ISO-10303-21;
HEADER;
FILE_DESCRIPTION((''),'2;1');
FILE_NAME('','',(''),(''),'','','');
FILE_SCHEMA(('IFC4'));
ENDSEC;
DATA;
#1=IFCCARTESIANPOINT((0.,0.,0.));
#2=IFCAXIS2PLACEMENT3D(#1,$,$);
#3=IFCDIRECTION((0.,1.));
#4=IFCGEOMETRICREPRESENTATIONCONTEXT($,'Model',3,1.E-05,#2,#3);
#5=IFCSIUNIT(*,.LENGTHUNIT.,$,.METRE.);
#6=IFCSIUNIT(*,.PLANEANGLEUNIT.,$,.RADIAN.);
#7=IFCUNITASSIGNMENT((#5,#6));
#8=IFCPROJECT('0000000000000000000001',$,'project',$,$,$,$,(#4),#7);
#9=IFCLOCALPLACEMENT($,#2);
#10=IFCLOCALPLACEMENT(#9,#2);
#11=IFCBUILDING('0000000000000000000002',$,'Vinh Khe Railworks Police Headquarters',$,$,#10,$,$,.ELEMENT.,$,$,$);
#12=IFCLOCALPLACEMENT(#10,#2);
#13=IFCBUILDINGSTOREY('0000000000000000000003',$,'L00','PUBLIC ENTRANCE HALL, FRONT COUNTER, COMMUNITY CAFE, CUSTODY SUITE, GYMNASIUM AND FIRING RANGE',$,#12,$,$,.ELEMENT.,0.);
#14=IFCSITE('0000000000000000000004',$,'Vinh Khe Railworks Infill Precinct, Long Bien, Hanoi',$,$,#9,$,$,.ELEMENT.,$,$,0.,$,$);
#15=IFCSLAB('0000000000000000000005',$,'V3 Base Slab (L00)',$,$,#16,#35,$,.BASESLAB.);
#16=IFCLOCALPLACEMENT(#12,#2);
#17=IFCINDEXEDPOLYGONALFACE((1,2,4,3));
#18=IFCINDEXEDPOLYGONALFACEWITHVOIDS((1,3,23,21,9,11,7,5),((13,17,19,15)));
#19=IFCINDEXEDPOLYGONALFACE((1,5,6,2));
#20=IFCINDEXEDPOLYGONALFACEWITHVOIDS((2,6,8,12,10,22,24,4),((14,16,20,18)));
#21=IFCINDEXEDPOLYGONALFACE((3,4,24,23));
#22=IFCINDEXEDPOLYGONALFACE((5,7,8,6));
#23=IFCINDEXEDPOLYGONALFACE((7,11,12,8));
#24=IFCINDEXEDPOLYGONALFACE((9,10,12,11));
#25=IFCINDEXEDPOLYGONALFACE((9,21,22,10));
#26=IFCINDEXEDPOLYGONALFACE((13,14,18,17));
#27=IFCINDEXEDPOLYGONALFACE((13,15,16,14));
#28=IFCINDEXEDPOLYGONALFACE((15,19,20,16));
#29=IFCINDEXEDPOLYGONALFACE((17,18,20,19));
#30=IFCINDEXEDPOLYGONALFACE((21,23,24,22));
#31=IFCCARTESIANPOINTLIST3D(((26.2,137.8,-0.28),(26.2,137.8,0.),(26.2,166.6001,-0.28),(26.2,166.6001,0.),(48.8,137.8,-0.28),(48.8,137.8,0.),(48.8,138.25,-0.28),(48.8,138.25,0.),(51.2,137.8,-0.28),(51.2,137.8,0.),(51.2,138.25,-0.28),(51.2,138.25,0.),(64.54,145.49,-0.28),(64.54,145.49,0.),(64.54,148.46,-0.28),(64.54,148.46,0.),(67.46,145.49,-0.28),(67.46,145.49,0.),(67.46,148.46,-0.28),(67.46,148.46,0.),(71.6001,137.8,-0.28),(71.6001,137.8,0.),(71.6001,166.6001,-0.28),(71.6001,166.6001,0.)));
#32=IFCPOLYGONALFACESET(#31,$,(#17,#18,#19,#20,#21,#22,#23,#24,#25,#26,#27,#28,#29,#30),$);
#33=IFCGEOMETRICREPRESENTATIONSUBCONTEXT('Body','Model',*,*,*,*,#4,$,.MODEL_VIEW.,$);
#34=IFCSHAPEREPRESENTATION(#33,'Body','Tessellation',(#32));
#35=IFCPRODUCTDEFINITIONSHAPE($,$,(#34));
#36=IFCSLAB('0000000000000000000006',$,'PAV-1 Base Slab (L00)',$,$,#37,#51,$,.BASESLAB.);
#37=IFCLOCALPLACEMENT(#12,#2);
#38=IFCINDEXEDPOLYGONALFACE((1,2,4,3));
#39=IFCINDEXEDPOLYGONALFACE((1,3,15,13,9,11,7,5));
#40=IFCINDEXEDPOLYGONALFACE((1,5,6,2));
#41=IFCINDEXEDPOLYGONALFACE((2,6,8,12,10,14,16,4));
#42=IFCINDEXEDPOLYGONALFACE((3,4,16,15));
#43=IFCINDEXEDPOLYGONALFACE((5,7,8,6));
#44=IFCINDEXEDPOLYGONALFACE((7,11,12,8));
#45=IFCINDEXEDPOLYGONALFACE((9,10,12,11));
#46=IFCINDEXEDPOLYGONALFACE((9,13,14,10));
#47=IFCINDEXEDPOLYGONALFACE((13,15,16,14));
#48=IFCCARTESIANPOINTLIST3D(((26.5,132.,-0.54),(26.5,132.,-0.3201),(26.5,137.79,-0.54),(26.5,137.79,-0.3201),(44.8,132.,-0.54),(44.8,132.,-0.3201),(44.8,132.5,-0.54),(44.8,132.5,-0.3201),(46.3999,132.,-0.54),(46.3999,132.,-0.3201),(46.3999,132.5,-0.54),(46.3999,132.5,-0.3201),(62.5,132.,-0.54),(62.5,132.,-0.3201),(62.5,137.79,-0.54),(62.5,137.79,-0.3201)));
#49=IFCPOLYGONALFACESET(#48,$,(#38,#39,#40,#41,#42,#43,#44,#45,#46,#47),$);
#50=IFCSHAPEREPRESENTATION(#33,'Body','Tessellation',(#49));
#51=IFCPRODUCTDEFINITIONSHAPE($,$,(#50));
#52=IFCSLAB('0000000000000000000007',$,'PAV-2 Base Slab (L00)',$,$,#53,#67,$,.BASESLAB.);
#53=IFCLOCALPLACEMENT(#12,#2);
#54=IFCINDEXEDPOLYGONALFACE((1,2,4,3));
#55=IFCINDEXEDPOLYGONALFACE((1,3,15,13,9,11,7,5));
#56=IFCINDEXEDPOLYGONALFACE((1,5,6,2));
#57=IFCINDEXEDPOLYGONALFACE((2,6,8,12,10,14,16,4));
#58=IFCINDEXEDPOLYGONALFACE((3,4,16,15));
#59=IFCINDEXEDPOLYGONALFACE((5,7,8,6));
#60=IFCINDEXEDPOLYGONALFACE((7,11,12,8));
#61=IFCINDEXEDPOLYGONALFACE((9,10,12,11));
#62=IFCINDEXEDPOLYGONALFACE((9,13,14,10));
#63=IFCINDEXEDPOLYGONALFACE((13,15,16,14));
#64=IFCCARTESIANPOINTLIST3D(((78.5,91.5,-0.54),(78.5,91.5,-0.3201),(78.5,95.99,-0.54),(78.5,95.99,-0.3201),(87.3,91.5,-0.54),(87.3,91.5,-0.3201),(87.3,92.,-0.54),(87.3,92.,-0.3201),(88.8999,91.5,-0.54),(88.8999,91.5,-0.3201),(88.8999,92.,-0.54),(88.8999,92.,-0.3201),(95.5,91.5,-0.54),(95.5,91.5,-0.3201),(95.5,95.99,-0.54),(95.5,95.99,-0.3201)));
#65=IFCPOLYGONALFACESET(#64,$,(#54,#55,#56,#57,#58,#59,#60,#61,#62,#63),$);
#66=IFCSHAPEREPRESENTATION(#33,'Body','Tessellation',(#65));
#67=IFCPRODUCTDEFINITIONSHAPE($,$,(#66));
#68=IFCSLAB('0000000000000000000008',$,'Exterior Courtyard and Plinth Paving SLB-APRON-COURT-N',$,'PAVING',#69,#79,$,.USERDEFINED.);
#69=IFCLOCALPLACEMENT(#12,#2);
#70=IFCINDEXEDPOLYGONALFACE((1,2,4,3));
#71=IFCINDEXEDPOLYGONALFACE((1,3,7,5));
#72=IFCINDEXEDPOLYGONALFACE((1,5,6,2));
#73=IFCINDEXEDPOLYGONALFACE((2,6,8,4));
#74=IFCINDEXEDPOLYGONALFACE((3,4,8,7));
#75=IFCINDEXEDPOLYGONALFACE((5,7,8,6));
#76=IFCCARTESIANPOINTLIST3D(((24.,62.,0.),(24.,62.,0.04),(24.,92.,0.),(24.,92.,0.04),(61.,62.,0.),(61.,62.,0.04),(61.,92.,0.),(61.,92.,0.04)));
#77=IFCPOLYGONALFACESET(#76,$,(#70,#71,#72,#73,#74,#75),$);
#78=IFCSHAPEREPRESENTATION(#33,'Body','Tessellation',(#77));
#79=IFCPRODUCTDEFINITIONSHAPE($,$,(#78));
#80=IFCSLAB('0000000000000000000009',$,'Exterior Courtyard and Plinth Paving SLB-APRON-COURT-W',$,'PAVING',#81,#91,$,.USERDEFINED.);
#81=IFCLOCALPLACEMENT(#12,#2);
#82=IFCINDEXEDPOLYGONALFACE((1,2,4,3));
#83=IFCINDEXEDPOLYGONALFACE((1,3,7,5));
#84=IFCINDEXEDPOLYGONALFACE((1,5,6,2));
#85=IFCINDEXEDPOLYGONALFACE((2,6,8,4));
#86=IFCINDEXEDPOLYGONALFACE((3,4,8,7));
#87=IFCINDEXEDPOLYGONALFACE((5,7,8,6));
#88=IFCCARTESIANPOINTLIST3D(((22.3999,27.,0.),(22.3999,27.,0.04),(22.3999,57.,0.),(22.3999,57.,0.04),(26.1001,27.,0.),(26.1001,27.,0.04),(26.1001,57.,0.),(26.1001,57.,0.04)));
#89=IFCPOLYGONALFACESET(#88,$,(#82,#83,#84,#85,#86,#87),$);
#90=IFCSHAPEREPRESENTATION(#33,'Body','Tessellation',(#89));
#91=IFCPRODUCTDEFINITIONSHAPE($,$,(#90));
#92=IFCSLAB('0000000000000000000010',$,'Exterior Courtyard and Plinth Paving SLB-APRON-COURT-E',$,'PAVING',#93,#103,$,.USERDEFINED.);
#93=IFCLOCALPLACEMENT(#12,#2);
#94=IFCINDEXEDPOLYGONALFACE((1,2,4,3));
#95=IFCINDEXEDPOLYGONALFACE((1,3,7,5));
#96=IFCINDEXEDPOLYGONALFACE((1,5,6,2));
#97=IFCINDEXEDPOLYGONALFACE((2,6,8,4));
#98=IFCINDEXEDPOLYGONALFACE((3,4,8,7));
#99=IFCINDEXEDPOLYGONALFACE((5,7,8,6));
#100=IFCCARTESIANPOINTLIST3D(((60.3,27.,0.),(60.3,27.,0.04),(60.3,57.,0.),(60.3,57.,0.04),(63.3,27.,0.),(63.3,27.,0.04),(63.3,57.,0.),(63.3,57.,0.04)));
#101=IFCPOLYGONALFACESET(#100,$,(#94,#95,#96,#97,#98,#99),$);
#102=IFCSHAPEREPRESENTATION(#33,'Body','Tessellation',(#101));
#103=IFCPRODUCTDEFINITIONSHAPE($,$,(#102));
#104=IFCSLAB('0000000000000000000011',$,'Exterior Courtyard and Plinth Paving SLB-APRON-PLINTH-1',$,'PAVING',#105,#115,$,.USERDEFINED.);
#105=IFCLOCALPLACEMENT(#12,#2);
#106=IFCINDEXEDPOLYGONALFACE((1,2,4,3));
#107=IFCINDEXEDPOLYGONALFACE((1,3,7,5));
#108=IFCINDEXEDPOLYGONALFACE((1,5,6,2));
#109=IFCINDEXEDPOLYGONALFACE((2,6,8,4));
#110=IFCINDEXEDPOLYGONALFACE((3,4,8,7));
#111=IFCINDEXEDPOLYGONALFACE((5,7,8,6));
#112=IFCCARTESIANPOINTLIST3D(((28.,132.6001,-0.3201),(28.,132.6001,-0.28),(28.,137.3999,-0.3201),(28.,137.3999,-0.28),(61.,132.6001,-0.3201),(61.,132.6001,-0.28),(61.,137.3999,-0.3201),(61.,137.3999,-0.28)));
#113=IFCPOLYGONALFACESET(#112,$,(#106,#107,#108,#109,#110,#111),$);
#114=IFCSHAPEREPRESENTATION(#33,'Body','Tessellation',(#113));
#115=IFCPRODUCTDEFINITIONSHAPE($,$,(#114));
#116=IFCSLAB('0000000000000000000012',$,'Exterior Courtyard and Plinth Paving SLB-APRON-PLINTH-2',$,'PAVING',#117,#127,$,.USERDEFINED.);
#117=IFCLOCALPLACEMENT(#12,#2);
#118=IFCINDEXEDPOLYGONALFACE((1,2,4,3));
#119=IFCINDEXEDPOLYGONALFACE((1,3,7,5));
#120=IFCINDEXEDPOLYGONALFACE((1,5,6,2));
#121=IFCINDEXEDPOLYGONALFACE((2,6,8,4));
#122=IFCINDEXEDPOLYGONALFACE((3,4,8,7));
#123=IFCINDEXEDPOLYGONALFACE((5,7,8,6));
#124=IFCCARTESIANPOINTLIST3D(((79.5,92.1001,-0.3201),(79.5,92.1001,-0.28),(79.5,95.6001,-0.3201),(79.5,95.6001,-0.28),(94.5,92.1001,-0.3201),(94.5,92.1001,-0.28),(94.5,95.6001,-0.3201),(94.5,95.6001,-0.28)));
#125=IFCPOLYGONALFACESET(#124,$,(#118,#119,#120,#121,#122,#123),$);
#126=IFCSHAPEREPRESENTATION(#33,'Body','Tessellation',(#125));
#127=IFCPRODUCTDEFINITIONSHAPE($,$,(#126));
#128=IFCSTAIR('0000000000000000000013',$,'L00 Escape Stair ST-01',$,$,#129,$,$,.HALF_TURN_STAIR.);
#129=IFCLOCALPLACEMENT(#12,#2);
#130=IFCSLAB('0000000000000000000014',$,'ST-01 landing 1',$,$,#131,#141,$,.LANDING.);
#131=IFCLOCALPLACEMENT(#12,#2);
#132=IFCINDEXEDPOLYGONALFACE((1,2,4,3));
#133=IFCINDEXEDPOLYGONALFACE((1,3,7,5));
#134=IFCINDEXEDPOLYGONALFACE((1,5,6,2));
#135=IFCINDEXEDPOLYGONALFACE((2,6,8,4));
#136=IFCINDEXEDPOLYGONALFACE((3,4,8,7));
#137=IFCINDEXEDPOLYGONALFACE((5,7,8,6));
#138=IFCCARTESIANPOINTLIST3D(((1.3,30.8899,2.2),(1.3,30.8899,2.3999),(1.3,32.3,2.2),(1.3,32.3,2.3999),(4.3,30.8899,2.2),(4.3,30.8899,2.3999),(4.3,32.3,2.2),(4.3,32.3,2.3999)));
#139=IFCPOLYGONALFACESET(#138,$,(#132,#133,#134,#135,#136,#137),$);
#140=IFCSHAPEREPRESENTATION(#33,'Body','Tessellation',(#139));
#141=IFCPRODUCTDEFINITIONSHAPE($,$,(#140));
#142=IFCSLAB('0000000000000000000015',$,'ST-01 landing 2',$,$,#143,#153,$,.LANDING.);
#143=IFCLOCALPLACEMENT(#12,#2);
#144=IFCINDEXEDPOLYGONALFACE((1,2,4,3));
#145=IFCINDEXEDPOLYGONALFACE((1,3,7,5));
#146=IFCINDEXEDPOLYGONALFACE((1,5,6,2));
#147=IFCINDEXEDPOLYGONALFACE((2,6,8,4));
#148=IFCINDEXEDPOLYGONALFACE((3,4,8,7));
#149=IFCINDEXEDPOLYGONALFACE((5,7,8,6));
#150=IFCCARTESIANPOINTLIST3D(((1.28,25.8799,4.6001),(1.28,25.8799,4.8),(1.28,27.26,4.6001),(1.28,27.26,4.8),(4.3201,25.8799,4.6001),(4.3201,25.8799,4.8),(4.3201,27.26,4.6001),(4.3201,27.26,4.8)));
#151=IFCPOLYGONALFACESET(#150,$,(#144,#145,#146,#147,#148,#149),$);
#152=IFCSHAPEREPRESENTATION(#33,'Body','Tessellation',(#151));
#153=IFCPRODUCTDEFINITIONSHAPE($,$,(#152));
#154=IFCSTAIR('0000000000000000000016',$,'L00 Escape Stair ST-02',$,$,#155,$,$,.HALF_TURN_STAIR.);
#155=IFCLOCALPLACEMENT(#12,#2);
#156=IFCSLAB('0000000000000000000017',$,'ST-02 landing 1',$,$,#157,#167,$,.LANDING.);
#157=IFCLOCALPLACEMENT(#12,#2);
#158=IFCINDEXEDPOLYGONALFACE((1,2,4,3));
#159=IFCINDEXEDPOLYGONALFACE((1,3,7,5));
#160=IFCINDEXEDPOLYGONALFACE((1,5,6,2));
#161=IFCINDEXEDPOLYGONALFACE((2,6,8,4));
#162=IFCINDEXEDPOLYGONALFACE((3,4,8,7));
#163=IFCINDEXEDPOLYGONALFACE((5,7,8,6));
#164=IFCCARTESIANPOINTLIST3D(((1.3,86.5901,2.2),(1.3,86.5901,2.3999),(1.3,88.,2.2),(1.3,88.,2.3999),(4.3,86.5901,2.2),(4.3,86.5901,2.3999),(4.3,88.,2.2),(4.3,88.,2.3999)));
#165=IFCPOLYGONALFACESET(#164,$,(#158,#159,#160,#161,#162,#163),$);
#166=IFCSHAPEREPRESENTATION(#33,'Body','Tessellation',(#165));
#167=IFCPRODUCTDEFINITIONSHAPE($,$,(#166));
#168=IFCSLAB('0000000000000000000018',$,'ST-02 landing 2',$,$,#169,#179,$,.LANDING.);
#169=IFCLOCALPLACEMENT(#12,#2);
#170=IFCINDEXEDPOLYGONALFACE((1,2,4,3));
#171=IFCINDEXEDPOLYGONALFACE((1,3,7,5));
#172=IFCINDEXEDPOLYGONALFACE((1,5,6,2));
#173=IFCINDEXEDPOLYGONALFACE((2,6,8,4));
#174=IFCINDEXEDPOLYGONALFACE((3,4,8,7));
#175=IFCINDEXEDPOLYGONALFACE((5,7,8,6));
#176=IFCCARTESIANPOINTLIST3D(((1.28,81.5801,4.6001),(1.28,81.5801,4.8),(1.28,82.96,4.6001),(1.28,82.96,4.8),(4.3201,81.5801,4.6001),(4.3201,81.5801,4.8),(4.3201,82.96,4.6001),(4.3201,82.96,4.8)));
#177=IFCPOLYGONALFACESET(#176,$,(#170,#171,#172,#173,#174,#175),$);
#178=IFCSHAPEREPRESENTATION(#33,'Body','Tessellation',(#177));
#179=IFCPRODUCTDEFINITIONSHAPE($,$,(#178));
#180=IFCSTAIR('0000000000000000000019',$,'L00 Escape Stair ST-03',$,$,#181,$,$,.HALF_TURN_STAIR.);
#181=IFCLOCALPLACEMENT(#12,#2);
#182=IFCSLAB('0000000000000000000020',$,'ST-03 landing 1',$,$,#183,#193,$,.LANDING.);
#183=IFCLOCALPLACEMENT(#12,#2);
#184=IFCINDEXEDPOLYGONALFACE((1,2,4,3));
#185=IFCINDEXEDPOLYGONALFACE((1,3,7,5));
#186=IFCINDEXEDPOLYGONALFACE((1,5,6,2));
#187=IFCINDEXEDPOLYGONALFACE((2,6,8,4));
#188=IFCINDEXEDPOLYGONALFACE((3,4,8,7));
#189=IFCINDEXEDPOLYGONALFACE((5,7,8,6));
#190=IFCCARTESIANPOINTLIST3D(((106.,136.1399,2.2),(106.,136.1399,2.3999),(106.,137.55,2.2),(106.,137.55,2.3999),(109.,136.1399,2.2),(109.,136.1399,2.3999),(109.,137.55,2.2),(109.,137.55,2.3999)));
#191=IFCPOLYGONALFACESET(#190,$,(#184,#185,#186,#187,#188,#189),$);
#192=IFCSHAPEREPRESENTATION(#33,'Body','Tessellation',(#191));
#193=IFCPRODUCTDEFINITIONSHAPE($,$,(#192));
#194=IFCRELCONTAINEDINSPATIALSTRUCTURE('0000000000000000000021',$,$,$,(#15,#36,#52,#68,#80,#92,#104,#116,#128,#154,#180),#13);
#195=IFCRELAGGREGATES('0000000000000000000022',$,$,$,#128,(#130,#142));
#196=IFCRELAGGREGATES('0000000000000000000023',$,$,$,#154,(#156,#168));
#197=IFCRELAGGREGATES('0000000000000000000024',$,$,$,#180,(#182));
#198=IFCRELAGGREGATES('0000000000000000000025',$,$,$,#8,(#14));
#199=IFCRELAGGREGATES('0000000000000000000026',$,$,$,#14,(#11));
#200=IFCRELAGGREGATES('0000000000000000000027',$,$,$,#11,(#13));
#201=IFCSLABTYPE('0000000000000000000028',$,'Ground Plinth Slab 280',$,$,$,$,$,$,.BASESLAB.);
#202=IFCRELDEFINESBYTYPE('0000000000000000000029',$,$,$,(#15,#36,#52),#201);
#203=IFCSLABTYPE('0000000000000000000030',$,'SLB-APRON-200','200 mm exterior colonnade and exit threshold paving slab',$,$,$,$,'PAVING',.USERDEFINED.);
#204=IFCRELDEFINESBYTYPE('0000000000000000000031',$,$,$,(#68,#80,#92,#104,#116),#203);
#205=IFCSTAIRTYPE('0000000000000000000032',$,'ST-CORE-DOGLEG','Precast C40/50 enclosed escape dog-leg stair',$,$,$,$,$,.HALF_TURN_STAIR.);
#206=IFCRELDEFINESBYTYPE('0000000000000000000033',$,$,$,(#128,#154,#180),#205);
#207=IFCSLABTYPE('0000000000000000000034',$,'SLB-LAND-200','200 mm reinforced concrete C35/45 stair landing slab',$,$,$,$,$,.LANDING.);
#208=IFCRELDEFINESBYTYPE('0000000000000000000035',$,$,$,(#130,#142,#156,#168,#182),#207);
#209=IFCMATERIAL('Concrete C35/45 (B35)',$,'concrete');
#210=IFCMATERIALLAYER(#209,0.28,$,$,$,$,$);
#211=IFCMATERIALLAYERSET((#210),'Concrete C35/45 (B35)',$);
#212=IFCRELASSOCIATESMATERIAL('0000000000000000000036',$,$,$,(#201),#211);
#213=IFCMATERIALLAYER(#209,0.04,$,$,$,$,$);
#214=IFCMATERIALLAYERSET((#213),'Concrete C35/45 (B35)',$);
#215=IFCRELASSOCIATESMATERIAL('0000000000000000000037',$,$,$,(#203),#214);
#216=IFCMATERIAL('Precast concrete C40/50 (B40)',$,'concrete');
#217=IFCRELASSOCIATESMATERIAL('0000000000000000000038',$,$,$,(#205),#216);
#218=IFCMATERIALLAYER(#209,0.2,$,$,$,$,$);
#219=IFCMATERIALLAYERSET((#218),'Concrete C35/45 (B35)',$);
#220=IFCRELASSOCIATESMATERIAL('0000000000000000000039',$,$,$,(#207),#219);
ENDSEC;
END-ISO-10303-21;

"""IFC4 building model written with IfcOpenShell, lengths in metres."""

from ifc_helpers import new_model, si_unit, direction, frame, origin, place, context, subcontext, project, spatial, polyline, outline, extrude, material, layer, layer_set, type_object, element, aggregate, save


model = new_model("IFC4")

# Units and contexts
model_context = context("Model", 3, precision=1e-05, world=origin(), true_north=direction((0.0, 1.0)))
body_context = subcontext(model_context, "Body", "Model", "MODEL_VIEW")
ifc_project = project(units=[si_unit("LENGTHUNIT", "METRE"), si_unit("PLANEANGLEUNIT", "RADIAN")], contexts=[model_context])

# Site, building, storey
site_placement = place(None, origin())
site = spatial("IfcSite", under=ifc_project, at=site_placement, Name="Vinh Khe Railworks Infill Precinct, Long Bien, Hanoi", CompositionType="ELEMENT", RefElevation=0.0)
building_placement = place(site_placement, origin())
building = spatial("IfcBuilding", under=site, at=building_placement, Name="Vinh Khe Railworks Police Headquarters", CompositionType="ELEMENT")
storey_placement = place(building_placement, origin())
storey = spatial("IfcBuildingStorey", under=building, at=storey_placement, Name="L00", Description="PUBLIC ENTRANCE HALL, FRONT COUNTER, COMMUNITY CAFE, CUSTODY SUITE, GYMNASIUM AND FIRING RANGE", CompositionType="ELEMENT", Elevation=0.0)

# Slabs
ifc_material_1 = material(Name="Concrete C35/45 (B35)", Category="concrete")
ifc_layer_1 = layer(ifc_material_1, 0.28)
ifc_layer_set_1 = layer_set([ifc_layer_1], Name="Concrete C35/45 (B35)")
slab_type_1 = type_object("IfcSlabType", Name="Ground Plinth Slab 280", PredefinedType="BASESLAB", material=ifc_layer_set_1)
slab_1_placement = place(storey_placement, frame((0.0, 0.0, -0.28)))
element("IfcSlab", 1, at=slab_1_placement, inside=storey, type_object=slab_type_1, Name="V3 Base Slab (L00)", PredefinedType="BASESLAB", context=body_context, shape_type="SweptSolid", body=[
    extrude(outline(polyline([(26.2, 137.8), (48.8, 137.8), (48.8, 138.25), (51.2, 138.25), (51.2, 137.8), (71.6001, 137.8), (71.6001, 166.6001), (26.2, 166.6001), (26.2, 137.8)]), holes=[polyline([(64.54, 145.49), (67.46, 145.49), (67.46, 148.46), (64.54, 148.46), (64.54, 145.49)])]), origin(), (0.0, 0.0, 1.0), 0.28),
])
slab_2_placement = place(storey_placement, frame((0.0, 0.0, -0.54)))
element("IfcSlab", 2, at=slab_2_placement, inside=storey, type_object=slab_type_1, Name="PAV-1 Base Slab (L00)", PredefinedType="BASESLAB", context=body_context, shape_type="SweptSolid", body=[
    extrude(outline(polyline([(26.5, 132.0), (44.8, 132.0), (44.8, 132.5), (46.3999, 132.5), (46.3999, 132.0), (62.5, 132.0), (62.5, 137.79), (26.5, 137.79), (26.5, 132.0)])), origin(), (0.0, 0.0, 1.0), 0.22),
])
slab_3_placement = place(storey_placement, frame((0.0, 0.0, -0.54)))
element("IfcSlab", 3, at=slab_3_placement, inside=storey, type_object=slab_type_1, Name="PAV-2 Base Slab (L00)", PredefinedType="BASESLAB", context=body_context, shape_type="SweptSolid", body=[
    extrude(outline(polyline([(78.5, 91.5), (87.3, 91.5), (87.3, 92.0), (88.8999, 92.0), (88.8999, 91.5), (95.5, 91.5), (95.5, 95.99), (78.5, 95.99), (78.5, 91.5)])), origin(), (0.0, 0.0, 1.0), 0.22),
])
ifc_layer_2 = layer(ifc_material_1, 0.04)
ifc_layer_set_2 = layer_set([ifc_layer_2], Name="Concrete C35/45 (B35)")
slab_type_2 = type_object("IfcSlabType", Name="SLB-APRON-200", Description="200 mm exterior colonnade and exit threshold paving slab", ElementType="PAVING", PredefinedType="USERDEFINED", material=ifc_layer_set_2)
slab_4_placement = place(storey_placement, origin())
element("IfcSlab", 4, at=slab_4_placement, inside=storey, type_object=slab_type_2, Name="Exterior Courtyard and Plinth Paving SLB-APRON-COURT-N", ObjectType="PAVING", PredefinedType="USERDEFINED", context=body_context, shape_type="SweptSolid", body=[
    extrude(outline(polyline([(24.0, 62.0), (61.0, 62.0), (61.0, 92.0), (24.0, 92.0), (24.0, 62.0)])), origin(), (0.0, 0.0, 1.0), 0.04),
])
slab_5_placement = place(storey_placement, origin())
element("IfcSlab", 5, at=slab_5_placement, inside=storey, type_object=slab_type_2, Name="Exterior Courtyard and Plinth Paving SLB-APRON-COURT-W", ObjectType="PAVING", PredefinedType="USERDEFINED", context=body_context, shape_type="SweptSolid", body=[
    extrude(outline(polyline([(22.3999, 27.0), (26.1001, 27.0), (26.1001, 57.0), (22.3999, 57.0), (22.3999, 27.0)])), origin(), (0.0, 0.0, 1.0), 0.04),
])
slab_6_placement = place(storey_placement, origin())
element("IfcSlab", 6, at=slab_6_placement, inside=storey, type_object=slab_type_2, Name="Exterior Courtyard and Plinth Paving SLB-APRON-COURT-E", ObjectType="PAVING", PredefinedType="USERDEFINED", context=body_context, shape_type="SweptSolid", body=[
    extrude(outline(polyline([(60.3, 27.0), (63.3, 27.0), (63.3, 57.0), (60.3, 57.0), (60.3, 27.0)])), origin(), (0.0, 0.0, 1.0), 0.04),
])
slab_7_placement = place(storey_placement, frame((0.0, 0.0, -0.3201)))
element("IfcSlab", 7, at=slab_7_placement, inside=storey, type_object=slab_type_2, Name="Exterior Courtyard and Plinth Paving SLB-APRON-PLINTH-1", ObjectType="PAVING", PredefinedType="USERDEFINED", context=body_context, shape_type="SweptSolid", body=[
    extrude(outline(polyline([(28.0, 132.6001), (61.0, 132.6001), (61.0, 137.3999), (28.0, 137.3999), (28.0, 132.6001)])), origin(), (0.0, 0.0, 1.0), 0.04),
])
slab_8_placement = place(storey_placement, frame((0.0, 0.0, -0.3201)))
element("IfcSlab", 8, at=slab_8_placement, inside=storey, type_object=slab_type_2, Name="Exterior Courtyard and Plinth Paving SLB-APRON-PLINTH-2", ObjectType="PAVING", PredefinedType="USERDEFINED", context=body_context, shape_type="SweptSolid", body=[
    extrude(outline(polyline([(79.5, 92.1001), (94.5, 92.1001), (94.5, 95.6001), (79.5, 95.6001), (79.5, 92.1001)])), origin(), (0.0, 0.0, 1.0), 0.04),
])

# Stairs, slabs
ifc_material_2 = material(Name="Precast concrete C40/50 (B40)", Category="concrete")
stair_type = type_object("IfcStairType", Name="ST-CORE-DOGLEG", Description="Precast C40/50 enclosed escape dog-leg stair", PredefinedType="HALF_TURN_STAIR", material=ifc_material_2)
stair_1_placement = place(storey_placement, origin())
stair_1 = element("IfcStair", 9, at=stair_1_placement, inside=storey, type_object=stair_type, Name="L00 Escape Stair ST-01", PredefinedType="HALF_TURN_STAIR")
ifc_layer_3 = layer(ifc_material_1, 0.2)
ifc_layer_set_3 = layer_set([ifc_layer_3], Name="Concrete C35/45 (B35)")
slab_type_3 = type_object("IfcSlabType", Name="SLB-LAND-200", Description="200 mm reinforced concrete C35/45 stair landing slab", PredefinedType="LANDING", material=ifc_layer_set_3)
slab_9_placement = place(storey_placement, frame((0.0, 0.0, 2.2)))
slab_9 = element("IfcSlab", 10, at=slab_9_placement, type_object=slab_type_3, Name="ST-01 landing 1", PredefinedType="LANDING", context=body_context, shape_type="SweptSolid", body=[
    extrude(outline(polyline([(4.3, 30.8899), (4.3, 32.3), (1.3, 32.3), (1.3, 30.8899), (4.3, 30.8899)])), origin(), (0.0, 0.0, 1.0), 0.2),
])
slab_10_placement = place(storey_placement, frame((0.0, 0.0, 4.6001)))
slab_10 = element("IfcSlab", 11, at=slab_10_placement, type_object=slab_type_3, Name="ST-01 landing 2", PredefinedType="LANDING", context=body_context, shape_type="SweptSolid", body=[
    extrude(outline(polyline([(1.28, 25.8799), (4.3201, 25.8799), (4.3201, 27.26), (1.28, 27.26), (1.28, 25.8799)])), origin(), (0.0, 0.0, 1.0), 0.2),
])
aggregate(stair_1, [slab_9, slab_10])
stair_2_placement = place(storey_placement, origin())
stair_2 = element("IfcStair", 12, at=stair_2_placement, inside=storey, type_object=stair_type, Name="L00 Escape Stair ST-02", PredefinedType="HALF_TURN_STAIR")
slab_11_placement = place(storey_placement, frame((0.0, 0.0, 2.2)))
slab_11 = element("IfcSlab", 13, at=slab_11_placement, type_object=slab_type_3, Name="ST-02 landing 1", PredefinedType="LANDING", context=body_context, shape_type="SweptSolid", body=[
    extrude(outline(polyline([(4.3, 86.5901), (4.3, 88.0), (1.3, 88.0), (1.3, 86.5901), (4.3, 86.5901)])), origin(), (0.0, 0.0, 1.0), 0.2),
])
slab_12_placement = place(storey_placement, frame((0.0, 0.0, 4.6001)))
slab_12 = element("IfcSlab", 14, at=slab_12_placement, type_object=slab_type_3, Name="ST-02 landing 2", PredefinedType="LANDING", context=body_context, shape_type="SweptSolid", body=[
    extrude(outline(polyline([(1.28, 81.5801), (4.3201, 81.5801), (4.3201, 82.96), (1.28, 82.96), (1.28, 81.5801)])), origin(), (0.0, 0.0, 1.0), 0.2),
])
aggregate(stair_2, [slab_11, slab_12])
stair_3_placement = place(storey_placement, origin())
stair_3 = element("IfcStair", 15, at=stair_3_placement, inside=storey, type_object=stair_type, Name="L00 Escape Stair ST-03", PredefinedType="HALF_TURN_STAIR")
slab_13_placement = place(storey_placement, frame((0.0, 0.0, 2.2)))
slab_13 = element("IfcSlab", 16, at=slab_13_placement, type_object=slab_type_3, Name="ST-03 landing 1", PredefinedType="LANDING", context=body_context, shape_type="SweptSolid", body=[
    extrude(outline(polyline([(109.0, 136.1399), (109.0, 137.55), (106.0, 137.55), (106.0, 136.1399), (109.0, 136.1399)])), origin(), (0.0, 0.0, 1.0), 0.2),
])
aggregate(stair_3, [slab_13])

save(model, "model.ifc")
